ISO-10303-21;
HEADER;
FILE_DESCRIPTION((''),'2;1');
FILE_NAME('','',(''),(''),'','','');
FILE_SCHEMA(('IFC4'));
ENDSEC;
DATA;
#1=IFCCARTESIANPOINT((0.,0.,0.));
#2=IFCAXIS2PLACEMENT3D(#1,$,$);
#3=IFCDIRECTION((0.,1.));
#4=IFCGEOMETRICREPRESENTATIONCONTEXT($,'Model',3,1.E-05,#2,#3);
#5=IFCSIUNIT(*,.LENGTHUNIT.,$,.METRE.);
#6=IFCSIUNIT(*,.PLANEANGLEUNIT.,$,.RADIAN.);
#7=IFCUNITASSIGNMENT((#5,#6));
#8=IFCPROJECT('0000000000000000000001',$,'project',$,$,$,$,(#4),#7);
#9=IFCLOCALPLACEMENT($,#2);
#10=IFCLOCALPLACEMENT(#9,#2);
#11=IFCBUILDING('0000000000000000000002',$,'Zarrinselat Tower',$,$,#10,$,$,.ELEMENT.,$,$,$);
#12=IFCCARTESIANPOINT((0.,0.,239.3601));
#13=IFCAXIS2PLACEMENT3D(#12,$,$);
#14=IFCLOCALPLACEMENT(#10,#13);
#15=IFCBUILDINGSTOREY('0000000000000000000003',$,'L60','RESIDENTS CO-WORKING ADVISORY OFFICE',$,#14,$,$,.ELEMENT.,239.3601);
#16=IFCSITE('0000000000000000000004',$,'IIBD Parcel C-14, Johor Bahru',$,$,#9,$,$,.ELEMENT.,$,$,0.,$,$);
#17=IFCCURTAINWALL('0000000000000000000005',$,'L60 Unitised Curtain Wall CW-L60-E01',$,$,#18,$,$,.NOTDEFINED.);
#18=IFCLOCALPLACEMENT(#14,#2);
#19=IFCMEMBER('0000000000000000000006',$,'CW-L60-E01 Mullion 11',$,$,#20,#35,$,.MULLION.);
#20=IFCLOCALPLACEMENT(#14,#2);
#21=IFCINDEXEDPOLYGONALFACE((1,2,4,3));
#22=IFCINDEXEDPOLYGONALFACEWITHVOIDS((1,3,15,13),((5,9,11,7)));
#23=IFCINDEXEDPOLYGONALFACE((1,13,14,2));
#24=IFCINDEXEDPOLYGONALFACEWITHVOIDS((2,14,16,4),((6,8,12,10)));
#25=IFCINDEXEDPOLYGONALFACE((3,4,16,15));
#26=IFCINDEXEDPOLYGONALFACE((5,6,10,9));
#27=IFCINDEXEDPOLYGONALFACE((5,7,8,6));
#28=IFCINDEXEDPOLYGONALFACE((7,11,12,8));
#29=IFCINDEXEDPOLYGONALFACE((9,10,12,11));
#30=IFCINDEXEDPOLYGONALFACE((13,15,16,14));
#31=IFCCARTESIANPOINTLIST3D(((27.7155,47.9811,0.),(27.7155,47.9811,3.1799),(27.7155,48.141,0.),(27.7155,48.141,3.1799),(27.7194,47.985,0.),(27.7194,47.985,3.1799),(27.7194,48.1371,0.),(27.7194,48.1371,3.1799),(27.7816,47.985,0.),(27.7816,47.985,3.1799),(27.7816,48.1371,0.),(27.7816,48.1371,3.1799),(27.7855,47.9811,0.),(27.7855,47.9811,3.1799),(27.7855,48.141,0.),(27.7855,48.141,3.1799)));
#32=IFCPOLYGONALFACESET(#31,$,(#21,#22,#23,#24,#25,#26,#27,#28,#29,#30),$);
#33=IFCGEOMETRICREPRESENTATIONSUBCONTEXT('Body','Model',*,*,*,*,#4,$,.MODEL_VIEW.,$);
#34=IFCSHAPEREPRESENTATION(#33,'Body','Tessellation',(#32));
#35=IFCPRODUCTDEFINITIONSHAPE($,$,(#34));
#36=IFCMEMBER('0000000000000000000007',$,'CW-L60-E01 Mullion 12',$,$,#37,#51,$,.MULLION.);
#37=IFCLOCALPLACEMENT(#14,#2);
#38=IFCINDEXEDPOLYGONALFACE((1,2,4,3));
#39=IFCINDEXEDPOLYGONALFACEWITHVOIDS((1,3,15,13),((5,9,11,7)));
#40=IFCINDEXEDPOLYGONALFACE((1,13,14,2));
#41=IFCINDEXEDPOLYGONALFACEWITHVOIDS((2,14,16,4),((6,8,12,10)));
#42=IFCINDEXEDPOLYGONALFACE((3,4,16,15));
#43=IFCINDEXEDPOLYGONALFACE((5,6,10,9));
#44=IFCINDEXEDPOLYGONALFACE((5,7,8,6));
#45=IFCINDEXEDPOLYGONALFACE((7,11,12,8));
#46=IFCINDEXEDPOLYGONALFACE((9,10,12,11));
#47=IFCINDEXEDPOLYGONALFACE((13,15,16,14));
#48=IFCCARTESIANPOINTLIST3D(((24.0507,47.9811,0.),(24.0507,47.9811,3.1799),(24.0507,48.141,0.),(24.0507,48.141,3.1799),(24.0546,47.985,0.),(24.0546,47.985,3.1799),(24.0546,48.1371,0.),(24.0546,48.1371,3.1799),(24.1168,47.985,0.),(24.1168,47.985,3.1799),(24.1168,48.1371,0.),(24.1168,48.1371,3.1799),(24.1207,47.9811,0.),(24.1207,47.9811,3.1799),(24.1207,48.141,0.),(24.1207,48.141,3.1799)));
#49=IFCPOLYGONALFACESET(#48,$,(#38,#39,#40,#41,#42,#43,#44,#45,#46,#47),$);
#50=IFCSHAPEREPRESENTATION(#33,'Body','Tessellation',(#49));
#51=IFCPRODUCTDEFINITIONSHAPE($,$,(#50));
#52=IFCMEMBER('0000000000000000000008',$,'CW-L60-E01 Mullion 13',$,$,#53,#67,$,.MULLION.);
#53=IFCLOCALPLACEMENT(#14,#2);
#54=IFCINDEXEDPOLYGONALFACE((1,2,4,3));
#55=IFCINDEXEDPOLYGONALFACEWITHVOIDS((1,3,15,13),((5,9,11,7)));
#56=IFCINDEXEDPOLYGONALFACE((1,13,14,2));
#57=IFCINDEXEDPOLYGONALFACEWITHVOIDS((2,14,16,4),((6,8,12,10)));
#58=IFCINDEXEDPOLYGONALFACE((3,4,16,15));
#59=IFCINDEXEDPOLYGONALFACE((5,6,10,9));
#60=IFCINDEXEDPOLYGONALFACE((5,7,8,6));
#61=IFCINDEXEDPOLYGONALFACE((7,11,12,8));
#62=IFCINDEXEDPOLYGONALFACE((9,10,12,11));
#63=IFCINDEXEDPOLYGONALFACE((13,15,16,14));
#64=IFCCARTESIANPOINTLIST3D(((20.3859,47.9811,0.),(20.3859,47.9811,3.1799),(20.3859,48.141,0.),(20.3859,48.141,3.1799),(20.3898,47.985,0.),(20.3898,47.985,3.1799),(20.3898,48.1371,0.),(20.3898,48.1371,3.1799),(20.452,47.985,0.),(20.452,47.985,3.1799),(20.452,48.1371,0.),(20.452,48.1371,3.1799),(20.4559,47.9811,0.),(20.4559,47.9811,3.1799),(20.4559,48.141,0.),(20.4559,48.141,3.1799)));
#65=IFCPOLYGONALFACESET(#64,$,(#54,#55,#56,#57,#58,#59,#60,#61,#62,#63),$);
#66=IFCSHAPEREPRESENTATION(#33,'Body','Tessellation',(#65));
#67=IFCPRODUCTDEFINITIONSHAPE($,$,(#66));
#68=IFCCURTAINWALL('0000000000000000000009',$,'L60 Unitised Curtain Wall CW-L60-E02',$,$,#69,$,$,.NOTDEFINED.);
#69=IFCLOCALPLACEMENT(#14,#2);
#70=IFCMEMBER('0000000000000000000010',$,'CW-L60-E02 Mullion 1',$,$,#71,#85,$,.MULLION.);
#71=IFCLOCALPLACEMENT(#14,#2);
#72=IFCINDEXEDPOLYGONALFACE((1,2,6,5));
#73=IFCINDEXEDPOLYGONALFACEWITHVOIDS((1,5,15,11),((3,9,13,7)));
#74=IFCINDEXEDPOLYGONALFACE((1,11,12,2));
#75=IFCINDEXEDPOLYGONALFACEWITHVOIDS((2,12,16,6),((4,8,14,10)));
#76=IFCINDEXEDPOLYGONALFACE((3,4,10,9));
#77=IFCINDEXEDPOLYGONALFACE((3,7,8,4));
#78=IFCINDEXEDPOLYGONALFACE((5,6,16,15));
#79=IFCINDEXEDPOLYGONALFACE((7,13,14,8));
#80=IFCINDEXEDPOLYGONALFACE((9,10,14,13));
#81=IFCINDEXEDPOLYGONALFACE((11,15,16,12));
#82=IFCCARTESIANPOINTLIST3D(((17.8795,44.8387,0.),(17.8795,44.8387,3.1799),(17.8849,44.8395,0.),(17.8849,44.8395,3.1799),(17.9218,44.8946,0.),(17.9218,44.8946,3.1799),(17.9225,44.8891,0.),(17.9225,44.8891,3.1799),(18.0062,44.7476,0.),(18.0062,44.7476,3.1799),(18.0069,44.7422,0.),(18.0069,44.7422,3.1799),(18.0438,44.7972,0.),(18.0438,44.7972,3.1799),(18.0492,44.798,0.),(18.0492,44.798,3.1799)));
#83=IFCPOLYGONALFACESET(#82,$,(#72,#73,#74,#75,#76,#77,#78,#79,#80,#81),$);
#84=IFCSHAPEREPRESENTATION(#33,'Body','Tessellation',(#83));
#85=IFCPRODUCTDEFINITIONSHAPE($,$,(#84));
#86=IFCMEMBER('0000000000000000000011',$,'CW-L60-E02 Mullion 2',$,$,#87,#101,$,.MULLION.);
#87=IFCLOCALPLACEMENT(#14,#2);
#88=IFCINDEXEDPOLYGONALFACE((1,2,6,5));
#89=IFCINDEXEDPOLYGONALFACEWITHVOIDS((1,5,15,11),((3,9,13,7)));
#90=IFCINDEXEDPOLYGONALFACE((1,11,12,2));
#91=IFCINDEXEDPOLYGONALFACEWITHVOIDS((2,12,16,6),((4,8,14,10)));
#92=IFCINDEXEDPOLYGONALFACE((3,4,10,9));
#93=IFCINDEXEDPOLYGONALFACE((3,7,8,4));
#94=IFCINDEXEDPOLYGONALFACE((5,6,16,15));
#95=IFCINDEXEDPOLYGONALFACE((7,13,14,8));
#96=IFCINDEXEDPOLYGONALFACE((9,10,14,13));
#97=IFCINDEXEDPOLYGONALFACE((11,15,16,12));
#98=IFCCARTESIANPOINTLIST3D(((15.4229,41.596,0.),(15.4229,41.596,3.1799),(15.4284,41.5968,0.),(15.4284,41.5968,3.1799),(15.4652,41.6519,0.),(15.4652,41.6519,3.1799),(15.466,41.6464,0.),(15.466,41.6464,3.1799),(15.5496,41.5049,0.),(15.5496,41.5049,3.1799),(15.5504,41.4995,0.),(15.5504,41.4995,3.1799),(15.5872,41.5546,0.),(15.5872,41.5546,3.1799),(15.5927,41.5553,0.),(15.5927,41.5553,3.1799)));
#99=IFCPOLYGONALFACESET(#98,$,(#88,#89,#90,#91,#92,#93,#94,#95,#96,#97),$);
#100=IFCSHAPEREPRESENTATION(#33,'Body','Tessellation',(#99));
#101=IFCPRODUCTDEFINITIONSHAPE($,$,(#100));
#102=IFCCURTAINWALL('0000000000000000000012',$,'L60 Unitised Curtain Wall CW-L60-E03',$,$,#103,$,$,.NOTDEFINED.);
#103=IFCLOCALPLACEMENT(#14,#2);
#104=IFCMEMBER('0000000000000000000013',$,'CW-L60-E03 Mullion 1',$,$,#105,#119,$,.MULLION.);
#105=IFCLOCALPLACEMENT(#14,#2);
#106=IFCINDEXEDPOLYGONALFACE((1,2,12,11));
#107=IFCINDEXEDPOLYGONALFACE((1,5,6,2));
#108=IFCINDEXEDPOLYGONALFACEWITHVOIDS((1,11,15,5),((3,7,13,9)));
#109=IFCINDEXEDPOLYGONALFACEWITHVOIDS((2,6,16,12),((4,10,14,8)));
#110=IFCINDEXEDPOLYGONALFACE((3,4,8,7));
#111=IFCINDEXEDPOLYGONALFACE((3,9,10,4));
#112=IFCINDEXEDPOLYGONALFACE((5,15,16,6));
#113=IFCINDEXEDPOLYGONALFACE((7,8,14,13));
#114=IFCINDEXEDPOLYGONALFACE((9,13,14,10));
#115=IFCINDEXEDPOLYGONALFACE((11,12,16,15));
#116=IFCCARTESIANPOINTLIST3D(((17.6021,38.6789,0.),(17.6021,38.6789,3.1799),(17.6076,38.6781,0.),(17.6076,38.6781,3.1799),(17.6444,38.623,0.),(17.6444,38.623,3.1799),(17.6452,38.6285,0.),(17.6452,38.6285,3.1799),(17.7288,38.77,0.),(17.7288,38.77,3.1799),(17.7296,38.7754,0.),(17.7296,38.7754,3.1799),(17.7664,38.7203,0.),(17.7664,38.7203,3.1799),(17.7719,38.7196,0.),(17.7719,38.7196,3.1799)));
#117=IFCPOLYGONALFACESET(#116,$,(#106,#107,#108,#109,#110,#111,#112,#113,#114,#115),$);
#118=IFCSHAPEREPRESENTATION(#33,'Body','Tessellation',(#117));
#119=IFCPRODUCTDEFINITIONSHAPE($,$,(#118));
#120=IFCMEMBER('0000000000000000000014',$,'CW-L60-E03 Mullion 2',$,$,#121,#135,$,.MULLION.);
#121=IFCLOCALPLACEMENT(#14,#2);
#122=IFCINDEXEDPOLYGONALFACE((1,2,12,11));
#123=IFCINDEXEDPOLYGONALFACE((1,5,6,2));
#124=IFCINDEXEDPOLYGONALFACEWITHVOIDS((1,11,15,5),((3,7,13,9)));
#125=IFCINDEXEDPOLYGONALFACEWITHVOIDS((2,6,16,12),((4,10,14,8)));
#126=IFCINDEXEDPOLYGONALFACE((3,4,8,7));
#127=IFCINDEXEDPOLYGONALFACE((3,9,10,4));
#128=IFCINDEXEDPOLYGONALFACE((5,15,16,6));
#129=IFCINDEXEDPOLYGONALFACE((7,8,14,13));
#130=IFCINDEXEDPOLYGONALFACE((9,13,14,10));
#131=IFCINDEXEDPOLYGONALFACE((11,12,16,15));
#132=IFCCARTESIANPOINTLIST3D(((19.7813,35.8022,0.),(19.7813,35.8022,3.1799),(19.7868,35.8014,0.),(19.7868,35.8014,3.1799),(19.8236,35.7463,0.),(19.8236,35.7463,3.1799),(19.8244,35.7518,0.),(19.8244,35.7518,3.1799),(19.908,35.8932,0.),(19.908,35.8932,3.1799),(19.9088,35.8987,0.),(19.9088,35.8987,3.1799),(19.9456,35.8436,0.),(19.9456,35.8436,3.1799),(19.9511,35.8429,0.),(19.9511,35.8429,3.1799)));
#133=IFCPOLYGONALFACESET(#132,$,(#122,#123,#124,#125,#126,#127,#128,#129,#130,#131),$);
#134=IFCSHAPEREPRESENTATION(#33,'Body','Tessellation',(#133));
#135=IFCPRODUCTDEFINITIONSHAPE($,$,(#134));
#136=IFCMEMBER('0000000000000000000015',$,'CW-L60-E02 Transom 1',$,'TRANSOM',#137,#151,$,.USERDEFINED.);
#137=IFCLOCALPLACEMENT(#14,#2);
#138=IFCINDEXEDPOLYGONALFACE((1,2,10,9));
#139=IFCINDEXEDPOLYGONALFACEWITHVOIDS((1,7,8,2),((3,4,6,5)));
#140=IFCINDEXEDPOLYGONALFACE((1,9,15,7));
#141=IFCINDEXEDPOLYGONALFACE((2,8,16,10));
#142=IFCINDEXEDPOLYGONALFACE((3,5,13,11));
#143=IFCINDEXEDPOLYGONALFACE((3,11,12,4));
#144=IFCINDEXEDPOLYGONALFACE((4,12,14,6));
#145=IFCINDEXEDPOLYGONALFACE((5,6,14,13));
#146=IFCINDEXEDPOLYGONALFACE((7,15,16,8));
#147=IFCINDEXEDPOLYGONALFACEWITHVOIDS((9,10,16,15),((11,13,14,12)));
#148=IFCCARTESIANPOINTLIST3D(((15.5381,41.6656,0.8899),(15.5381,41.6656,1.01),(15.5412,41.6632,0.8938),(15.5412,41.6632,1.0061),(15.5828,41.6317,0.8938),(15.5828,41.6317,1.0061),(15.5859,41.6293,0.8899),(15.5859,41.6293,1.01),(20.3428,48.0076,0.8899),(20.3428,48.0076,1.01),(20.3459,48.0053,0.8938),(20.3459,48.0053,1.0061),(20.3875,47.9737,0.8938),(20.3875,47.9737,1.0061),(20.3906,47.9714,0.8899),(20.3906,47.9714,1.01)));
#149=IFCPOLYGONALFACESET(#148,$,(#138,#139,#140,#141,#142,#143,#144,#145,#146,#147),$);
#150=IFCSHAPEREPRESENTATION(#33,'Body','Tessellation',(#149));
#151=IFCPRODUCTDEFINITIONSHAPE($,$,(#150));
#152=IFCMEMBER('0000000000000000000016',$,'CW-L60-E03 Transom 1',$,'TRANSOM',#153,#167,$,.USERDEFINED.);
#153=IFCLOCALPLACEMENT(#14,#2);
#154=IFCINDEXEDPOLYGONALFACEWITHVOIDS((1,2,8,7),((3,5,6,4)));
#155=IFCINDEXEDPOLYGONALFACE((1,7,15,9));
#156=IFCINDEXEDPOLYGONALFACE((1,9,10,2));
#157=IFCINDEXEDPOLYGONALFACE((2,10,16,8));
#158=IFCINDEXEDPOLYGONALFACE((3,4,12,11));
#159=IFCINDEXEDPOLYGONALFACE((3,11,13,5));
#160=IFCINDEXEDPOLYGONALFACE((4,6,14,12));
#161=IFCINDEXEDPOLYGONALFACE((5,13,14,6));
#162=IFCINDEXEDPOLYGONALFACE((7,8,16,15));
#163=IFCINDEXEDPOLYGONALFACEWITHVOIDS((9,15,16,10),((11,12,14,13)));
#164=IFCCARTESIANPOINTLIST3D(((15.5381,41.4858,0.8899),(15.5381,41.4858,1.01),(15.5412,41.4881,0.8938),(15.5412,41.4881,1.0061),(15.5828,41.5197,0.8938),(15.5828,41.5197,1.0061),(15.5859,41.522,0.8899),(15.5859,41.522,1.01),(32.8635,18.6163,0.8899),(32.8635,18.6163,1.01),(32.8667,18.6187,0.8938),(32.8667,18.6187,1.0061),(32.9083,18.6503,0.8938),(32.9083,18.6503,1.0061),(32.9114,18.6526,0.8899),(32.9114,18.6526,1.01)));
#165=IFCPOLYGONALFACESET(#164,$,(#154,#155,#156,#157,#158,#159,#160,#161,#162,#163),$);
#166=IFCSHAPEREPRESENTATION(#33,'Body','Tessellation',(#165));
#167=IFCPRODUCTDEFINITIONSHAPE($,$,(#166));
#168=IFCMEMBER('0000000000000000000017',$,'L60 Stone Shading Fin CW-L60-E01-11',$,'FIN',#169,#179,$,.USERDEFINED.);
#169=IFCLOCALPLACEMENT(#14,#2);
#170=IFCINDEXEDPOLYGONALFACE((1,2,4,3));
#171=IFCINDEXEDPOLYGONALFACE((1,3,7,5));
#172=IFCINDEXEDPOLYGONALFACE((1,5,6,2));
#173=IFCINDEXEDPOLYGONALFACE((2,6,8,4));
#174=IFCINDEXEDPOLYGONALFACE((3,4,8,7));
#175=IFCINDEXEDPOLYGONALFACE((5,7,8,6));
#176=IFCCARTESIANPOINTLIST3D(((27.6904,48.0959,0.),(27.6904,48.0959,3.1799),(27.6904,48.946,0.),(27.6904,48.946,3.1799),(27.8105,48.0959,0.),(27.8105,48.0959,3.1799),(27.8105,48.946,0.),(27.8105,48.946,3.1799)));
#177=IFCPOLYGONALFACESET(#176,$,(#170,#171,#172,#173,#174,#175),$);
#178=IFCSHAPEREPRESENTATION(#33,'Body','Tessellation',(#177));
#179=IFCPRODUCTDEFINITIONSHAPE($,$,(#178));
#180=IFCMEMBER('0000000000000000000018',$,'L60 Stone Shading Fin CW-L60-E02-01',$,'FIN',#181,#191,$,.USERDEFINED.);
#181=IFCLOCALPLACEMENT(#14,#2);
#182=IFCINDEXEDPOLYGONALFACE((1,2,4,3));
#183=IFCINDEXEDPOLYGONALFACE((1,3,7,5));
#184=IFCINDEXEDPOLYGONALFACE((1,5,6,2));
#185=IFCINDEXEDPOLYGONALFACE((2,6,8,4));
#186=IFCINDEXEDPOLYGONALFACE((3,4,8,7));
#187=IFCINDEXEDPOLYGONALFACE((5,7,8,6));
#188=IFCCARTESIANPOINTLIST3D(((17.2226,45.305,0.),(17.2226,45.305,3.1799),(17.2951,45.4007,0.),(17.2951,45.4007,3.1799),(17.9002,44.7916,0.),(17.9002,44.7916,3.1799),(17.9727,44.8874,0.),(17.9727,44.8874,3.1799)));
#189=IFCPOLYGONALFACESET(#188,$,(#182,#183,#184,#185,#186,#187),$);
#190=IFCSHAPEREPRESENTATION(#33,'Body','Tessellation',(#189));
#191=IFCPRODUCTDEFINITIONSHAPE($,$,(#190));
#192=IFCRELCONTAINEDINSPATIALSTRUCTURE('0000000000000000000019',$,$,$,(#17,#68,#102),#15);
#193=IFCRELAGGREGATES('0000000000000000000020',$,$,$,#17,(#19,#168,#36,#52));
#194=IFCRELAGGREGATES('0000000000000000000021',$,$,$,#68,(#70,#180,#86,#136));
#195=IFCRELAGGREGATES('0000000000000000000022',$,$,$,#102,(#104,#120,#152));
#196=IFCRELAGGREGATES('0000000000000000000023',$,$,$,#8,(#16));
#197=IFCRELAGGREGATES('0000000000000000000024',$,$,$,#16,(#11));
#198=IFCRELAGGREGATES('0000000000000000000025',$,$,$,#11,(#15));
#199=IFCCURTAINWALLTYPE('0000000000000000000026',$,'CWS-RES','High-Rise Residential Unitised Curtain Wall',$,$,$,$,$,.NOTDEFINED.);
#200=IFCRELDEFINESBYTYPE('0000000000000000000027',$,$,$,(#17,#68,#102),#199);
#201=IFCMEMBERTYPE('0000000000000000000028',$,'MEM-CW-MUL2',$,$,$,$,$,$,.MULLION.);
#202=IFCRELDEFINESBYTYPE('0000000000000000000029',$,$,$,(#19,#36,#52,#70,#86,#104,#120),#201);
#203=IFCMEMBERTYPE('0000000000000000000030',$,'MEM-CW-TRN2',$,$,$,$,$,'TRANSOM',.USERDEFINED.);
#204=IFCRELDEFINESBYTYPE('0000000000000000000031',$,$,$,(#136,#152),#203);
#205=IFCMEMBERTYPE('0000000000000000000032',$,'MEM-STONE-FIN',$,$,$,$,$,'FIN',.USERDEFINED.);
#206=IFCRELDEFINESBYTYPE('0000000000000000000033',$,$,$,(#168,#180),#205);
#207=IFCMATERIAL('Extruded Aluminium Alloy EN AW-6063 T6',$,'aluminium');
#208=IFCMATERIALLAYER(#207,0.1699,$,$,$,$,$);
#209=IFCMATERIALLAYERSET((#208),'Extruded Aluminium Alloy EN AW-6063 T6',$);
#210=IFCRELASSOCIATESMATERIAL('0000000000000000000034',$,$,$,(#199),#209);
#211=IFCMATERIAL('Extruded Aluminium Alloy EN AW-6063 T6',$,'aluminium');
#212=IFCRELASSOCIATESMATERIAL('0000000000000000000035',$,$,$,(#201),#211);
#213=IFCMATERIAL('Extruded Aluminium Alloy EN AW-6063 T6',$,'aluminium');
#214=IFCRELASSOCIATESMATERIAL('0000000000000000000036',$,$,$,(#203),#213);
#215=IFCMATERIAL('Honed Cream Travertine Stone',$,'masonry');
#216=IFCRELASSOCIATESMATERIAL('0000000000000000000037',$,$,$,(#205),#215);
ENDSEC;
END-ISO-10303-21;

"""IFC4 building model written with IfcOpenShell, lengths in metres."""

from ifc_helpers import new_model, si_unit, direction, frame, origin, origin_2d, place, context, subcontext, project, spatial, rectangle, hollow_rectangle, extrude, material, layer, layer_set, material_profile, profile_set, type_object, element, aggregate, save


model = new_model("IFC4")

# Units and contexts
model_context = context("Model", 3, precision=1e-05, world=origin(), true_north=direction((0.0, 1.0)))
body_context = subcontext(model_context, "Body", "Model", "MODEL_VIEW")
ifc_project = project(units=[si_unit("LENGTHUNIT", "METRE"), si_unit("PLANEANGLEUNIT", "RADIAN")], contexts=[model_context])

# Site, building, storey
site_placement = place(None, origin())
site = spatial("IfcSite", under=ifc_project, at=site_placement, Name="IIBD Parcel C-14, Johor Bahru", CompositionType="ELEMENT", RefElevation=0.0)
building_placement = place(site_placement, origin())
building = spatial("IfcBuilding", under=site, at=building_placement, Name="Zarrinselat Tower", CompositionType="ELEMENT")
storey_placement = place(building_placement, frame((0.0, 0.0, 239.3601)))
storey = spatial("IfcBuildingStorey", under=building, at=storey_placement, Name="L60", Description="RESIDENTS CO-WORKING ADVISORY OFFICE", CompositionType="ELEMENT", Elevation=239.3601)

# Curtain walls, members
ifc_material_1 = material(Name="Extruded Aluminium Alloy EN AW-6063 T6", Category="aluminium")
ifc_layer_1 = layer(ifc_material_1, 0.1699)
ifc_layer_set_1 = layer_set([ifc_layer_1], Name="Extruded Aluminium Alloy EN AW-6063 T6")
curtain_wall_type = type_object("IfcCurtainWallType", Name="CWS-RES", Description="High-Rise Residential Unitised Curtain Wall", PredefinedType="NOTDEFINED", material=ifc_layer_set_1)
curtain_wall_1_placement = place(storey_placement, origin())
curtain_wall_1 = element("IfcCurtainWall", 1, at=curtain_wall_1_placement, inside=storey, type_object=curtain_wall_type, Name="L60 Unitised Curtain Wall CW-L60-E01", PredefinedType="NOTDEFINED")
ifc_material_2 = material(Name="Extruded Aluminium Alloy EN AW-6063 T6", Category="aluminium")
ifc_material_profile_1 = material_profile(ifc_material_2, hollow_rectangle(XDim=0.0701, YDim=0.1599, WallThickness=0.0039, at=origin_2d()), Name="RHS 160x70x4")
ifc_profile_set_1 = profile_set([ifc_material_profile_1], Name="Extruded Aluminium Alloy EN AW-6063 T6")
member_type_1 = type_object("IfcMemberType", Name="MEM-CW-MUL2", PredefinedType="MULLION", material=ifc_profile_set_1)
member_1_placement = place(storey_placement, frame((27.7505, 48.061, 0.0), z_axis=(0.0, 0.0, 1.0), x_axis=(-1.0, 0.0, 0.0)))
member_1 = element("IfcMember", 2, at=member_1_placement, type_object=member_type_1, Name="CW-L60-E01 Mullion 11", PredefinedType="MULLION", context=body_context, shape_type="SweptSolid", body=[
    extrude(hollow_rectangle(XDim=0.0701, YDim=0.1599, WallThickness=0.0039, at=origin_2d()), origin(), (0.0, 0.0, 1.0), 3.1799),
])
member_2_placement = place(storey_placement, frame((24.0857, 48.061, 0.0), z_axis=(0.0, 0.0, 1.0), x_axis=(-1.0, 0.0, 0.0)))
member_2 = element("IfcMember", 3, at=member_2_placement, type_object=member_type_1, Name="CW-L60-E01 Mullion 12", PredefinedType="MULLION", context=body_context, shape_type="SweptSolid", body=[
    extrude(hollow_rectangle(XDim=0.0701, YDim=0.1599, WallThickness=0.0039, at=origin_2d()), origin(), (0.0, 0.0, 1.0), 3.1799),
])
member_3_placement = place(storey_placement, frame((20.4209, 48.061, 0.0), z_axis=(0.0, 0.0, 1.0), x_axis=(-1.0, 0.0, 0.0)))
member_3 = element("IfcMember", 4, at=member_3_placement, type_object=member_type_1, Name="CW-L60-E01 Mullion 13", PredefinedType="MULLION", context=body_context, shape_type="SweptSolid", body=[
    extrude(hollow_rectangle(XDim=0.0701, YDim=0.1599, WallThickness=0.0039, at=origin_2d()), origin(), (0.0, 0.0, 1.0), 3.1799),
])
curtain_wall_2_placement = place(storey_placement, origin())
curtain_wall_2 = element("IfcCurtainWall", 5, at=curtain_wall_2_placement, inside=storey, type_object=curtain_wall_type, Name="L60 Unitised Curtain Wall CW-L60-E02", PredefinedType="NOTDEFINED")
member_4_placement = place(storey_placement, frame((17.9644, 44.8184, 0.0), z_axis=(0.0, 0.0, 1.0), x_axis=(-0.603859, -0.797091, 0.0)))
member_4 = element("IfcMember", 6, at=member_4_placement, type_object=member_type_1, Name="CW-L60-E02 Mullion 1", PredefinedType="MULLION", context=body_context, shape_type="SweptSolid", body=[
    extrude(hollow_rectangle(XDim=0.0701, YDim=0.1599, WallThickness=0.0039, at=origin_2d()), origin(), (0.0, 0.0, 1.0), 3.1799),
])
member_5_placement = place(storey_placement, frame((15.5078, 41.5757, 0.0), z_axis=(0.0, 0.0, 1.0), x_axis=(-0.603859, -0.797091, 0.0)))
member_5 = element("IfcMember", 7, at=member_5_placement, type_object=member_type_1, Name="CW-L60-E02 Mullion 2", PredefinedType="MULLION", context=body_context, shape_type="SweptSolid", body=[
    extrude(hollow_rectangle(XDim=0.0701, YDim=0.1599, WallThickness=0.0039, at=origin_2d()), origin(), (0.0, 0.0, 1.0), 3.1799),
])
curtain_wall_3_placement = place(storey_placement, origin())
curtain_wall_3 = element("IfcCurtainWall", 8, at=curtain_wall_3_placement, inside=storey, type_object=curtain_wall_type, Name="L60 Unitised Curtain Wall CW-L60-E03", PredefinedType="NOTDEFINED")
member_6_placement = place(storey_placement, frame((17.687, 38.6992, 0.0), z_axis=(0.0, 0.0, 1.0), x_axis=(0.603858, -0.797092, 0.0)))
member_6 = element("IfcMember", 9, at=member_6_placement, type_object=member_type_1, Name="CW-L60-E03 Mullion 1", PredefinedType="MULLION", context=body_context, shape_type="SweptSolid", body=[
    extrude(hollow_rectangle(XDim=0.0701, YDim=0.1599, WallThickness=0.0039, at=origin_2d()), origin(), (0.0, 0.0, 1.0), 3.1799),
])
member_7_placement = place(storey_placement, frame((19.8662, 35.8225, 0.0), z_axis=(0.0, 0.0, 1.0), x_axis=(0.603858, -0.797092, 0.0)))
member_7 = element("IfcMember", 10, at=member_7_placement, type_object=member_type_1, Name="CW-L60-E03 Mullion 2", PredefinedType="MULLION", context=body_context, shape_type="SweptSolid", body=[
    extrude(hollow_rectangle(XDim=0.0701, YDim=0.1599, WallThickness=0.0039, at=origin_2d()), origin(), (0.0, 0.0, 1.0), 3.1799),
])

# Members
ifc_material_3 = material(Name="Extruded Aluminium Alloy EN AW-6063 T6", Category="aluminium")
ifc_material_profile_2 = material_profile(ifc_material_3, hollow_rectangle(XDim=0.0601, YDim=0.1201, WallThickness=0.0039, at=origin_2d()), Name="RHS 120x60x4")
ifc_profile_set_2 = profile_set([ifc_material_profile_2], Name="Extruded Aluminium Alloy EN AW-6063 T6")
member_type_2 = type_object("IfcMemberType", Name="MEM-CW-TRN2", ElementType="TRANSOM", PredefinedType="USERDEFINED", material=ifc_profile_set_2)
member_8_placement = place(storey_placement, frame((20.3667, 47.9895, 0.95), z_axis=(-0.603867, -0.797085, 0.0), x_axis=(0.797085, -0.603867, 0.0)))
member_8 = element("IfcMember", 11, at=member_8_placement, type_object=member_type_2, Name="CW-L60-E02 Transom 1", ObjectType="TRANSOM", PredefinedType="USERDEFINED", context=body_context, shape_type="SweptSolid", body=[
    extrude(hollow_rectangle(XDim=0.0601, YDim=0.1201, WallThickness=0.0039, at=origin_2d()), origin(), (0.0, 0.0, 1.0), 7.9565),
])
member_9_placement = place(storey_placement, frame((15.562, 41.5039, 0.95), z_axis=(0.603861, -0.79709, 0.0), x_axis=(0.79709, 0.603861, 0.0)))
member_9 = element("IfcMember", 12, at=member_9_placement, type_object=member_type_2, Name="CW-L60-E03 Transom 1", ObjectType="TRANSOM", PredefinedType="USERDEFINED", context=body_context, shape_type="SweptSolid", body=[
    extrude(hollow_rectangle(XDim=0.0601, YDim=0.1201, WallThickness=0.0039, at=origin_2d()), origin(), (0.0, 0.0, 1.0), 28.6912),
])
ifc_material_4 = material(Name="Honed Cream Travertine Stone", Category="masonry")
ifc_material_profile_3 = material_profile(ifc_material_4, rectangle(XDim=0.1201, YDim=0.8501, at=origin_2d()), Name="FIN 850x120")
ifc_profile_set_3 = profile_set([ifc_material_profile_3], Name="Honed Cream Travertine Stone")
member_type_3 = type_object("IfcMemberType", Name="MEM-STONE-FIN", ElementType="FIN", PredefinedType="USERDEFINED", material=ifc_profile_set_3)
member_10_placement = place(storey_placement, frame((27.7505, 48.521, 0.0), z_axis=(0.0, 0.0, 1.0), x_axis=(1.0, 0.0, 0.0)))
member_10 = element("IfcMember", 13, at=member_10_placement, type_object=member_type_3, Name="L60 Stone Shading Fin CW-L60-E01-11", ObjectType="FIN", PredefinedType="USERDEFINED", context=body_context, shape_type="SweptSolid", body=[
    extrude(rectangle(XDim=0.1201, YDim=0.8501, at=origin_2d()), origin(), (0.0, 0.0, 1.0), 3.1799),
])
member_11_placement = place(storey_placement, frame((17.5977, 45.0962, 0.0), z_axis=(0.0, 0.0, 1.0), x_axis=(0.603859, 0.797091, 0.0)))
member_11 = element("IfcMember", 14, at=member_11_placement, type_object=member_type_3, Name="L60 Stone Shading Fin CW-L60-E02-01", ObjectType="FIN", PredefinedType="USERDEFINED", context=body_context, shape_type="SweptSolid", body=[
    extrude(rectangle(XDim=0.1201, YDim=0.8501, at=origin_2d()), origin(), (0.0, 0.0, 1.0), 3.1799),
])

aggregate(curtain_wall_1, [member_1, member_10, member_2, member_3])
aggregate(curtain_wall_2, [member_4, member_11, member_5, member_8])
aggregate(curtain_wall_3, [member_6, member_7, member_9])

save(model, "model.ifc")
